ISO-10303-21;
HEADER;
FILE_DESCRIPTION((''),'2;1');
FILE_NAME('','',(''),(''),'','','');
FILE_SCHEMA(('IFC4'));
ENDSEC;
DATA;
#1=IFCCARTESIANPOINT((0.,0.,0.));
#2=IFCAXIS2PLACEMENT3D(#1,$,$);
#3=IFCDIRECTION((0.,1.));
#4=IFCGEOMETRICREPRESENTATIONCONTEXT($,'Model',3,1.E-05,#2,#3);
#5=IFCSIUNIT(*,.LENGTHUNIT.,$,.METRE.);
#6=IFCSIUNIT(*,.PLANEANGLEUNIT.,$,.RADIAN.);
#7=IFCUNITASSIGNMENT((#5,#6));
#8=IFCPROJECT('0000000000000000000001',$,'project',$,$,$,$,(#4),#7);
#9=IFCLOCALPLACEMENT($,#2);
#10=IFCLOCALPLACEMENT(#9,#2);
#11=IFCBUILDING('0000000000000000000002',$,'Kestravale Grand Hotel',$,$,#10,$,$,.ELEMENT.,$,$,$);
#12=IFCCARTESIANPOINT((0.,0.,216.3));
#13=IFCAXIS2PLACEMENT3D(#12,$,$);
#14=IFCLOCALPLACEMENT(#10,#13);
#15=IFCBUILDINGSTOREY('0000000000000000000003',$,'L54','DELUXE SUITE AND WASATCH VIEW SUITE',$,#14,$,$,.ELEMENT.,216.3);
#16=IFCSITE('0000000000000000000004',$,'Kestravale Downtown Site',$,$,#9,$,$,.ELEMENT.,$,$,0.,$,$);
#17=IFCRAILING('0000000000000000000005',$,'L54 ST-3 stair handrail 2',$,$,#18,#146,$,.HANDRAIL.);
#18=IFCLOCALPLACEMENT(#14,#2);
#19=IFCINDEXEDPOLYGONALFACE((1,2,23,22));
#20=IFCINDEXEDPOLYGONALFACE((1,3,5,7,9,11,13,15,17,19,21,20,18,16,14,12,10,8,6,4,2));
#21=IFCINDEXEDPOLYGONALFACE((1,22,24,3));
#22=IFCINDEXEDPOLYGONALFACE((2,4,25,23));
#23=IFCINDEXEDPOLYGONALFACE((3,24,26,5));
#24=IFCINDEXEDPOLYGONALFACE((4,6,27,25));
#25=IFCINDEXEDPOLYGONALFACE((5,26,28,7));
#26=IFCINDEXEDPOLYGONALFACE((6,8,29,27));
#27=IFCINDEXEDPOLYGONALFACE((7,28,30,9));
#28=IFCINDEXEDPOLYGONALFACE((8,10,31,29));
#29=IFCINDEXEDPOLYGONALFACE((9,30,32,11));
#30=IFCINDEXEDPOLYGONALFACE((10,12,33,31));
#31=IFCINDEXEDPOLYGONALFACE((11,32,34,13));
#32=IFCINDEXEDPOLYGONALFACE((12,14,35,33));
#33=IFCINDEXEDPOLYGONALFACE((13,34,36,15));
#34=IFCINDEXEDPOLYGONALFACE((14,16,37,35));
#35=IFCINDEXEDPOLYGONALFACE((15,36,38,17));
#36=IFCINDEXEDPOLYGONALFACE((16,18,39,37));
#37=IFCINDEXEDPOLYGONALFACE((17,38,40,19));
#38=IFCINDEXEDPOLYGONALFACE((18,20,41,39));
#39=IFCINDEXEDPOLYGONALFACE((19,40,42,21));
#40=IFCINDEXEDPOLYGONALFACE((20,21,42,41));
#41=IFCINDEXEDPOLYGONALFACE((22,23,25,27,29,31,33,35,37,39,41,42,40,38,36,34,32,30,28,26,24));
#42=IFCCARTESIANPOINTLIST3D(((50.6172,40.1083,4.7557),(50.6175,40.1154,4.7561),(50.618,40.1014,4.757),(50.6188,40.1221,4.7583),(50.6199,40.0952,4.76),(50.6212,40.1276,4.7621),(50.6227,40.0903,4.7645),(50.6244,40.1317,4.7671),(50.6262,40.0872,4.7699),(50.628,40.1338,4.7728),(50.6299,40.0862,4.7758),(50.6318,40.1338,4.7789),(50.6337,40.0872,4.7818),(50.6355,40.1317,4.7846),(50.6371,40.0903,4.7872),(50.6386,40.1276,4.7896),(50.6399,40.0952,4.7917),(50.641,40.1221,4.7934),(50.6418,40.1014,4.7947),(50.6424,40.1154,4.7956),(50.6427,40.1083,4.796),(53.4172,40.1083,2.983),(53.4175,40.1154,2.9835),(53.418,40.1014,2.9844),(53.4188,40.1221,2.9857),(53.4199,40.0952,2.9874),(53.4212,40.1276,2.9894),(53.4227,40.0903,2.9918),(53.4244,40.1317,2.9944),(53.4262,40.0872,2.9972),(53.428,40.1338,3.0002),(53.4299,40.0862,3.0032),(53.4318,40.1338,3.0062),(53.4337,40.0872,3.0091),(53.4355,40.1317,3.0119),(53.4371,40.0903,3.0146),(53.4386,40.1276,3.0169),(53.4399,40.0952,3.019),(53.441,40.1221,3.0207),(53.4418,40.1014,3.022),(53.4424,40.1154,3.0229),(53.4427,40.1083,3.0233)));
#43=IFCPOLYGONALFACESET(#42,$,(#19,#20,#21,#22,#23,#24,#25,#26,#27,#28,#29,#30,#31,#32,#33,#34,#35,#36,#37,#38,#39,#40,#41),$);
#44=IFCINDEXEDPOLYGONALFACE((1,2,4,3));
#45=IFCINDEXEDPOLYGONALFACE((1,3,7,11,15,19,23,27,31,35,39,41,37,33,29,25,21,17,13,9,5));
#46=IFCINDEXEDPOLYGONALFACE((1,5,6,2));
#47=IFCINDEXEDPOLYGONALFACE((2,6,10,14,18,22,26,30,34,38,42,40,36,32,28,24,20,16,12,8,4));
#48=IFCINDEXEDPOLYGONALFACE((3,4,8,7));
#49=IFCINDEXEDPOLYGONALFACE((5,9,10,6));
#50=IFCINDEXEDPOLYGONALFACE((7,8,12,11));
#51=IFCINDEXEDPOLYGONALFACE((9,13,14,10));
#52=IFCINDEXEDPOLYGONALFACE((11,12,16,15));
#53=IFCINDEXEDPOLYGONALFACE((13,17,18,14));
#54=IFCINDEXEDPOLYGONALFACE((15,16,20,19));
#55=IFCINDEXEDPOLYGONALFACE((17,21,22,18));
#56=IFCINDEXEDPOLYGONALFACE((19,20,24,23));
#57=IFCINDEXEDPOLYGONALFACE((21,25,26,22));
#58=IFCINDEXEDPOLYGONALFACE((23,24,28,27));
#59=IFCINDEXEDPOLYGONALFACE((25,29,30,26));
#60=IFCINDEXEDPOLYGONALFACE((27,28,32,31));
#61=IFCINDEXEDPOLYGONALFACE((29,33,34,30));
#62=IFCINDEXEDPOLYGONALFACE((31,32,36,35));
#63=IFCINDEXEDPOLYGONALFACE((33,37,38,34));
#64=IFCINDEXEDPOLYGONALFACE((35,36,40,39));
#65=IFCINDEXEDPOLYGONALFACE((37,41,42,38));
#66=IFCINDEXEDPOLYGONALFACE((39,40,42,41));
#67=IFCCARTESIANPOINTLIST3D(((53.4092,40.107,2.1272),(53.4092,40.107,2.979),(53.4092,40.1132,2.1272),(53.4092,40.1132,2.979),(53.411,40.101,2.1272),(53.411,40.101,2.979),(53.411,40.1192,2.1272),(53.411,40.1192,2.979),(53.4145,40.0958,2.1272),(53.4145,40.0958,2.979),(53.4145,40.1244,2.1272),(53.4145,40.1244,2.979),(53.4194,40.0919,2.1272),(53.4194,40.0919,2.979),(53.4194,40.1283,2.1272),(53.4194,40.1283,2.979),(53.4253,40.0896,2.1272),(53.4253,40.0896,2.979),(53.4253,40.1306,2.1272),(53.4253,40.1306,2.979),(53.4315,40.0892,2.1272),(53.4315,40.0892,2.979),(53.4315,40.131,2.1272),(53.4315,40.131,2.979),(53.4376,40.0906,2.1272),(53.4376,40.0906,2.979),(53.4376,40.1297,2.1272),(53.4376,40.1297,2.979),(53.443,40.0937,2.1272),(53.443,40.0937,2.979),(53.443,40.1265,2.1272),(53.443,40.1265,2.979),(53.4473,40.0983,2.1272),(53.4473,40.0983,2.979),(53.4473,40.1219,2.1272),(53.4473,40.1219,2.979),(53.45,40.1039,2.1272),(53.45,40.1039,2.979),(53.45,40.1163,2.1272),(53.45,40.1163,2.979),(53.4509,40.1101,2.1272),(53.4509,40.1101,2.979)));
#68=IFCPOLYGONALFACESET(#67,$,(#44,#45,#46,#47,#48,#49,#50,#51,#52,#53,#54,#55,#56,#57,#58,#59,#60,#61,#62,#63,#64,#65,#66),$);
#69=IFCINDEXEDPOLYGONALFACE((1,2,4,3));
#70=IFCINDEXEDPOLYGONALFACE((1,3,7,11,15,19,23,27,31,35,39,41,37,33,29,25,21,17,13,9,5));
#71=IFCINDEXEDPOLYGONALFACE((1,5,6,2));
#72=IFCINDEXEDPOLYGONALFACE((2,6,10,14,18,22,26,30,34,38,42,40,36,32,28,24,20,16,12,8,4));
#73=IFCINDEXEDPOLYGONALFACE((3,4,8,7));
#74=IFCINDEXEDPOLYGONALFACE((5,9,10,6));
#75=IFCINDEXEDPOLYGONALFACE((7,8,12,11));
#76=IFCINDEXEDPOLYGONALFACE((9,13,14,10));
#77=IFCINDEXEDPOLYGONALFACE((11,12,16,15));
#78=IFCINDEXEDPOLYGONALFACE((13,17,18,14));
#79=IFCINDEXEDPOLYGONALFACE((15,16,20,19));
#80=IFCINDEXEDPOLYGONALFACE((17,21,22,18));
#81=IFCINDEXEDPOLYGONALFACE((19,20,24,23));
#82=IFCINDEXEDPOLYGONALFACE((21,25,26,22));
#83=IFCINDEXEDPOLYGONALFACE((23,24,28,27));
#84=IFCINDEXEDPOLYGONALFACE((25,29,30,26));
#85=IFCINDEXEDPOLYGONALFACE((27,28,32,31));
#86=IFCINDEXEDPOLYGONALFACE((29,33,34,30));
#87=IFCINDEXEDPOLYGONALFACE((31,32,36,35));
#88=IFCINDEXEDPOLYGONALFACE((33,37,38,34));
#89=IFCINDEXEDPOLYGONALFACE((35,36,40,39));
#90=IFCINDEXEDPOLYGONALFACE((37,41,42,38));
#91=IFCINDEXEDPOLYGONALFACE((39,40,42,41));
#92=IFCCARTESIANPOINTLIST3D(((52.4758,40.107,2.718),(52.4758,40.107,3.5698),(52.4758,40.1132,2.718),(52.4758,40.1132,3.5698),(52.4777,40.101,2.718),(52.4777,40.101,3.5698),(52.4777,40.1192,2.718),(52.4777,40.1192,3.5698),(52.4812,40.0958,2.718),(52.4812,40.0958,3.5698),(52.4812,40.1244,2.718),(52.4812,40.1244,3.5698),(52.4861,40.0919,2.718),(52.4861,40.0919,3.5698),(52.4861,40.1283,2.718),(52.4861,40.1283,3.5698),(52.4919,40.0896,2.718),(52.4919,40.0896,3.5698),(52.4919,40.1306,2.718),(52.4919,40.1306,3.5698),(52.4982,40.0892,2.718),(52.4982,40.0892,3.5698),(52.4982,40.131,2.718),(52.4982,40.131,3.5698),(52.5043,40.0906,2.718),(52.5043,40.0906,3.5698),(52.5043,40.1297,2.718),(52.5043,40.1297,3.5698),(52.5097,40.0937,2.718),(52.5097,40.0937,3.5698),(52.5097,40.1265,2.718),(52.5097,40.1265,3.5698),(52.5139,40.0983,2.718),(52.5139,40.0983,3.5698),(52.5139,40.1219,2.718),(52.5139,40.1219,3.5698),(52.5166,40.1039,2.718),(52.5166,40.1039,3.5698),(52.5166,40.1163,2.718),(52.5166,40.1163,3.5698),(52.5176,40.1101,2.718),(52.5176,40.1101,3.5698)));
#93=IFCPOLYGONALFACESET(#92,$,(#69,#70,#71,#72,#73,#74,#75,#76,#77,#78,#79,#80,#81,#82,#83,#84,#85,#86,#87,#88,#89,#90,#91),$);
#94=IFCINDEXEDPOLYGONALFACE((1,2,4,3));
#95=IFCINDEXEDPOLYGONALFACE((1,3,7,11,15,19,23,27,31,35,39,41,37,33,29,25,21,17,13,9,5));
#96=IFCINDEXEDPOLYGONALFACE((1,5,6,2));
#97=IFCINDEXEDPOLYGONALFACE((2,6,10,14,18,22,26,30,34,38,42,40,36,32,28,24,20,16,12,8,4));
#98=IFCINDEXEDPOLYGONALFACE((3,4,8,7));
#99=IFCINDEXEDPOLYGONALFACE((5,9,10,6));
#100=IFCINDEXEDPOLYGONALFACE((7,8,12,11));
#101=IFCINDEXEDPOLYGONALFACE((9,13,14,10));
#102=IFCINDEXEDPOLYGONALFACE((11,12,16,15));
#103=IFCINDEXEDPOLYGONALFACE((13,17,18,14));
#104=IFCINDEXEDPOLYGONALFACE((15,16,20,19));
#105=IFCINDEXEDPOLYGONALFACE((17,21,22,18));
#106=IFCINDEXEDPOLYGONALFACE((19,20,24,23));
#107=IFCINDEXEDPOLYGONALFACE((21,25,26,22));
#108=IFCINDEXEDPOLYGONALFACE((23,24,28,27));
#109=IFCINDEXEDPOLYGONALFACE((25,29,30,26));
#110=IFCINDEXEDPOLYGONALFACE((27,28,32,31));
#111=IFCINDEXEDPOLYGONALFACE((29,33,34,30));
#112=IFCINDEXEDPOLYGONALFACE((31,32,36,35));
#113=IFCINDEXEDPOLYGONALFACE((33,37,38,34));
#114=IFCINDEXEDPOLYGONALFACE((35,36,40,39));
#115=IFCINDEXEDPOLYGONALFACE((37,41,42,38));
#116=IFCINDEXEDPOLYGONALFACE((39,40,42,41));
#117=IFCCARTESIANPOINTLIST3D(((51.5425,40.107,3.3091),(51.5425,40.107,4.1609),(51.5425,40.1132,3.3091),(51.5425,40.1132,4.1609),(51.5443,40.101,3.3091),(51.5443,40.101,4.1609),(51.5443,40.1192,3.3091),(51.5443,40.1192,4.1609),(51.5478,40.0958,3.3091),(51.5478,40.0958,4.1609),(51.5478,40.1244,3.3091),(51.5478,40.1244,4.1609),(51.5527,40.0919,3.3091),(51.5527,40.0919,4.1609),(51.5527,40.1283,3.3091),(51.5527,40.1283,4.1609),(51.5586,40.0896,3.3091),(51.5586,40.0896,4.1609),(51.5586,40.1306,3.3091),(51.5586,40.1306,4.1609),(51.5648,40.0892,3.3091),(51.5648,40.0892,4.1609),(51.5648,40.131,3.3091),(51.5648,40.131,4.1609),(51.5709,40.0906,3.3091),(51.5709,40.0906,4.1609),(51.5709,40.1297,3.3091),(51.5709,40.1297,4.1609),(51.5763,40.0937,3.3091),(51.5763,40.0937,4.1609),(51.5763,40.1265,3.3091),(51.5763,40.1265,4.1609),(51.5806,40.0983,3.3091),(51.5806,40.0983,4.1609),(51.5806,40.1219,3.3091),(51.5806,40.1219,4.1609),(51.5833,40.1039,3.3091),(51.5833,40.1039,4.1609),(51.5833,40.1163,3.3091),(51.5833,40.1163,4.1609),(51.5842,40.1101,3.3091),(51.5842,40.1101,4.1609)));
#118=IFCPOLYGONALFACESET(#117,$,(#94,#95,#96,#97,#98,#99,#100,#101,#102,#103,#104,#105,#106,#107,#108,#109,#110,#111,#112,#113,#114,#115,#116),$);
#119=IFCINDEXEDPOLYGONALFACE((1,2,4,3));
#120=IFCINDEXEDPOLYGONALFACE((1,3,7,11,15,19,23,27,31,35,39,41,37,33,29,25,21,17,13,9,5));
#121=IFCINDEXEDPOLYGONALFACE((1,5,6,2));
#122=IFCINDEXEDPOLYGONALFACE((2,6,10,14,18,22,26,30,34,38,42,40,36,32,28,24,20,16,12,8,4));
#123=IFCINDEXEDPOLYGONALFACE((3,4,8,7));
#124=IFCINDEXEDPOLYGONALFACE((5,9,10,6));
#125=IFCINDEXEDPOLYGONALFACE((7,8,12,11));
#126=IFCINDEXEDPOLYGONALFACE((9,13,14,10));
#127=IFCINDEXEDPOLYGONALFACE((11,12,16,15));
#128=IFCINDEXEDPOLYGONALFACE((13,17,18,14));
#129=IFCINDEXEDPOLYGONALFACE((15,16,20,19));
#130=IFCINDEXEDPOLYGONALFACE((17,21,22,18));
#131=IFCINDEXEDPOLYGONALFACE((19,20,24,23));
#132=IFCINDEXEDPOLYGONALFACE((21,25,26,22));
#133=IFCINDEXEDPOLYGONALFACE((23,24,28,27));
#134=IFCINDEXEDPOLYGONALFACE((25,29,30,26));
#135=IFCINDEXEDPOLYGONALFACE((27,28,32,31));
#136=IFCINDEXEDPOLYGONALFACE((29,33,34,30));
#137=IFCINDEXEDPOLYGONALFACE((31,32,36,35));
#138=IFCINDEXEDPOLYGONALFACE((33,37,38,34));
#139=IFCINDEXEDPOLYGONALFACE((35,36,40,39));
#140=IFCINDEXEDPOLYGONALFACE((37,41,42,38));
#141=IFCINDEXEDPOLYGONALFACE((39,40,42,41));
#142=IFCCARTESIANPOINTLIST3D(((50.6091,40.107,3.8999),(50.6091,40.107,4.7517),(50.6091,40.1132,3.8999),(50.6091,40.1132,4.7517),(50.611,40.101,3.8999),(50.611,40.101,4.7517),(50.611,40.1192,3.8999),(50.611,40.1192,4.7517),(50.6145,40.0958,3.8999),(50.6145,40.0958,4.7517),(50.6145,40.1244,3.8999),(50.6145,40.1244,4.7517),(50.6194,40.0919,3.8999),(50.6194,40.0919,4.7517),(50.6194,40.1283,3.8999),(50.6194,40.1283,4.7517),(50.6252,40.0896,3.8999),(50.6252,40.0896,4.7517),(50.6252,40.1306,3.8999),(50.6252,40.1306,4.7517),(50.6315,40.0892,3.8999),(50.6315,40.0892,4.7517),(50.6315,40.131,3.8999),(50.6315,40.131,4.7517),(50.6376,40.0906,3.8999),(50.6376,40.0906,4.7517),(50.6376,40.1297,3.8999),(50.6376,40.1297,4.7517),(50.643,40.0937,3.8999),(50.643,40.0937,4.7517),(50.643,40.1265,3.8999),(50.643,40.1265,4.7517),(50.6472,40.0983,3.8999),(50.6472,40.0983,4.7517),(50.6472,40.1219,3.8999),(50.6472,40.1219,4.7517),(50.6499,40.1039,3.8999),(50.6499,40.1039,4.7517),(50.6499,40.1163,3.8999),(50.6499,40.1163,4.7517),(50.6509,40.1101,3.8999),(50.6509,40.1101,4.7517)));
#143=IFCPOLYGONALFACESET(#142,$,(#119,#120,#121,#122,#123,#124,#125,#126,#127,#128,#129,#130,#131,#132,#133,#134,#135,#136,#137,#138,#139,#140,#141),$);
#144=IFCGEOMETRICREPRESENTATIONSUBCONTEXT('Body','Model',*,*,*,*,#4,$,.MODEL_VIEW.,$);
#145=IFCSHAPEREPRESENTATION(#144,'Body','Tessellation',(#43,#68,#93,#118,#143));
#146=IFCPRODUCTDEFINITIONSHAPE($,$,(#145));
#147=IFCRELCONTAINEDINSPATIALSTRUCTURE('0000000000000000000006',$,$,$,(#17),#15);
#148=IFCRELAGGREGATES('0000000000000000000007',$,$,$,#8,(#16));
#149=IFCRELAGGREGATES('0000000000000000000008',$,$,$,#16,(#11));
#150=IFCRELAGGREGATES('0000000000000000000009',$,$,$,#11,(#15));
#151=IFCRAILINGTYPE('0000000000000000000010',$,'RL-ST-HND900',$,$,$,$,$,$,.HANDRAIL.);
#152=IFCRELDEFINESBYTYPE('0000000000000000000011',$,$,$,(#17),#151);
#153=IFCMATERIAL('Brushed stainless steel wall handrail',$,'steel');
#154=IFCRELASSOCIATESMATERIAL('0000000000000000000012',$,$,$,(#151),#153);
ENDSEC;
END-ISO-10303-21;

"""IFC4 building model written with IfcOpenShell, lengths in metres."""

from ifc_helpers import new_model, si_unit, direction, frame, origin, origin_2d, place, context, subcontext, project, spatial, circle, extrude, material, type_object, element, save


model = new_model("IFC4")

# Units and contexts
model_context = context("Model", 3, precision=1e-05, world=origin(), true_north=direction((0.0, 1.0)))
body_context = subcontext(model_context, "Body", "Model", "MODEL_VIEW")
ifc_project = project(units=[si_unit("LENGTHUNIT", "METRE"), si_unit("PLANEANGLEUNIT", "RADIAN")], contexts=[model_context])

# Site, building, storey
site_placement = place(None, origin())
site = spatial("IfcSite", under=ifc_project, at=site_placement, Name="Kestravale Downtown Site", CompositionType="ELEMENT", RefElevation=0.0)
building_placement = place(site_placement, origin())
building = spatial("IfcBuilding", under=site, at=building_placement, Name="Kestravale Grand Hotel", CompositionType="ELEMENT")
storey_placement = place(building_placement, frame((0.0, 0.0, 216.3)))
storey = spatial("IfcBuildingStorey", under=building, at=storey_placement, Name="L54", Description="DELUXE SUITE AND WASATCH VIEW SUITE", CompositionType="ELEMENT", Elevation=216.3)

# Railing
ifc_material_1 = material(Name="Brushed stainless steel wall handrail", Category="steel")
railing_type_1 = type_object("IfcRailingType", Name="RL-ST-HND900", PredefinedType="HANDRAIL", material=ifc_material_1)
railing_1_placement = place(storey_placement, frame((53.4299, 40.1101, 2.1272)))
element("IfcRailing", 1, at=railing_1_placement, inside=storey, type_object=railing_type_1, Name="L54 ST-3 stair handrail 2", PredefinedType="HANDRAIL", context=body_context, shape_type="SweptSolid", body=[
    extrude(circle(Radius=0.0239, at=origin_2d()), frame((0.0, 0.0, 0.876), z_axis=(-0.844909, 0.0, 0.53491), x_axis=(0.0, -1.0, 0.0)), (0.0, 0.0, 1.0), 3.314),
    extrude(circle(Radius=0.021, at=origin_2d()), origin(), (0.0, 0.0, 1.0), 0.8518),
    extrude(circle(Radius=0.021, at=origin_2d()), frame((-0.9333, 0.0, 0.5908)), (0.0, 0.0, 1.0), 0.8518),
    extrude(circle(Radius=0.021, at=origin_2d()), frame((-1.8667, 0.0, 1.1819)), (0.0, 0.0, 1.0), 0.8518),
    extrude(circle(Radius=0.021, at=origin_2d()), frame((-2.8, 0.0, 1.7727)), (0.0, 0.0, 1.0), 0.8518),
])

save(model, "model.ifc")
